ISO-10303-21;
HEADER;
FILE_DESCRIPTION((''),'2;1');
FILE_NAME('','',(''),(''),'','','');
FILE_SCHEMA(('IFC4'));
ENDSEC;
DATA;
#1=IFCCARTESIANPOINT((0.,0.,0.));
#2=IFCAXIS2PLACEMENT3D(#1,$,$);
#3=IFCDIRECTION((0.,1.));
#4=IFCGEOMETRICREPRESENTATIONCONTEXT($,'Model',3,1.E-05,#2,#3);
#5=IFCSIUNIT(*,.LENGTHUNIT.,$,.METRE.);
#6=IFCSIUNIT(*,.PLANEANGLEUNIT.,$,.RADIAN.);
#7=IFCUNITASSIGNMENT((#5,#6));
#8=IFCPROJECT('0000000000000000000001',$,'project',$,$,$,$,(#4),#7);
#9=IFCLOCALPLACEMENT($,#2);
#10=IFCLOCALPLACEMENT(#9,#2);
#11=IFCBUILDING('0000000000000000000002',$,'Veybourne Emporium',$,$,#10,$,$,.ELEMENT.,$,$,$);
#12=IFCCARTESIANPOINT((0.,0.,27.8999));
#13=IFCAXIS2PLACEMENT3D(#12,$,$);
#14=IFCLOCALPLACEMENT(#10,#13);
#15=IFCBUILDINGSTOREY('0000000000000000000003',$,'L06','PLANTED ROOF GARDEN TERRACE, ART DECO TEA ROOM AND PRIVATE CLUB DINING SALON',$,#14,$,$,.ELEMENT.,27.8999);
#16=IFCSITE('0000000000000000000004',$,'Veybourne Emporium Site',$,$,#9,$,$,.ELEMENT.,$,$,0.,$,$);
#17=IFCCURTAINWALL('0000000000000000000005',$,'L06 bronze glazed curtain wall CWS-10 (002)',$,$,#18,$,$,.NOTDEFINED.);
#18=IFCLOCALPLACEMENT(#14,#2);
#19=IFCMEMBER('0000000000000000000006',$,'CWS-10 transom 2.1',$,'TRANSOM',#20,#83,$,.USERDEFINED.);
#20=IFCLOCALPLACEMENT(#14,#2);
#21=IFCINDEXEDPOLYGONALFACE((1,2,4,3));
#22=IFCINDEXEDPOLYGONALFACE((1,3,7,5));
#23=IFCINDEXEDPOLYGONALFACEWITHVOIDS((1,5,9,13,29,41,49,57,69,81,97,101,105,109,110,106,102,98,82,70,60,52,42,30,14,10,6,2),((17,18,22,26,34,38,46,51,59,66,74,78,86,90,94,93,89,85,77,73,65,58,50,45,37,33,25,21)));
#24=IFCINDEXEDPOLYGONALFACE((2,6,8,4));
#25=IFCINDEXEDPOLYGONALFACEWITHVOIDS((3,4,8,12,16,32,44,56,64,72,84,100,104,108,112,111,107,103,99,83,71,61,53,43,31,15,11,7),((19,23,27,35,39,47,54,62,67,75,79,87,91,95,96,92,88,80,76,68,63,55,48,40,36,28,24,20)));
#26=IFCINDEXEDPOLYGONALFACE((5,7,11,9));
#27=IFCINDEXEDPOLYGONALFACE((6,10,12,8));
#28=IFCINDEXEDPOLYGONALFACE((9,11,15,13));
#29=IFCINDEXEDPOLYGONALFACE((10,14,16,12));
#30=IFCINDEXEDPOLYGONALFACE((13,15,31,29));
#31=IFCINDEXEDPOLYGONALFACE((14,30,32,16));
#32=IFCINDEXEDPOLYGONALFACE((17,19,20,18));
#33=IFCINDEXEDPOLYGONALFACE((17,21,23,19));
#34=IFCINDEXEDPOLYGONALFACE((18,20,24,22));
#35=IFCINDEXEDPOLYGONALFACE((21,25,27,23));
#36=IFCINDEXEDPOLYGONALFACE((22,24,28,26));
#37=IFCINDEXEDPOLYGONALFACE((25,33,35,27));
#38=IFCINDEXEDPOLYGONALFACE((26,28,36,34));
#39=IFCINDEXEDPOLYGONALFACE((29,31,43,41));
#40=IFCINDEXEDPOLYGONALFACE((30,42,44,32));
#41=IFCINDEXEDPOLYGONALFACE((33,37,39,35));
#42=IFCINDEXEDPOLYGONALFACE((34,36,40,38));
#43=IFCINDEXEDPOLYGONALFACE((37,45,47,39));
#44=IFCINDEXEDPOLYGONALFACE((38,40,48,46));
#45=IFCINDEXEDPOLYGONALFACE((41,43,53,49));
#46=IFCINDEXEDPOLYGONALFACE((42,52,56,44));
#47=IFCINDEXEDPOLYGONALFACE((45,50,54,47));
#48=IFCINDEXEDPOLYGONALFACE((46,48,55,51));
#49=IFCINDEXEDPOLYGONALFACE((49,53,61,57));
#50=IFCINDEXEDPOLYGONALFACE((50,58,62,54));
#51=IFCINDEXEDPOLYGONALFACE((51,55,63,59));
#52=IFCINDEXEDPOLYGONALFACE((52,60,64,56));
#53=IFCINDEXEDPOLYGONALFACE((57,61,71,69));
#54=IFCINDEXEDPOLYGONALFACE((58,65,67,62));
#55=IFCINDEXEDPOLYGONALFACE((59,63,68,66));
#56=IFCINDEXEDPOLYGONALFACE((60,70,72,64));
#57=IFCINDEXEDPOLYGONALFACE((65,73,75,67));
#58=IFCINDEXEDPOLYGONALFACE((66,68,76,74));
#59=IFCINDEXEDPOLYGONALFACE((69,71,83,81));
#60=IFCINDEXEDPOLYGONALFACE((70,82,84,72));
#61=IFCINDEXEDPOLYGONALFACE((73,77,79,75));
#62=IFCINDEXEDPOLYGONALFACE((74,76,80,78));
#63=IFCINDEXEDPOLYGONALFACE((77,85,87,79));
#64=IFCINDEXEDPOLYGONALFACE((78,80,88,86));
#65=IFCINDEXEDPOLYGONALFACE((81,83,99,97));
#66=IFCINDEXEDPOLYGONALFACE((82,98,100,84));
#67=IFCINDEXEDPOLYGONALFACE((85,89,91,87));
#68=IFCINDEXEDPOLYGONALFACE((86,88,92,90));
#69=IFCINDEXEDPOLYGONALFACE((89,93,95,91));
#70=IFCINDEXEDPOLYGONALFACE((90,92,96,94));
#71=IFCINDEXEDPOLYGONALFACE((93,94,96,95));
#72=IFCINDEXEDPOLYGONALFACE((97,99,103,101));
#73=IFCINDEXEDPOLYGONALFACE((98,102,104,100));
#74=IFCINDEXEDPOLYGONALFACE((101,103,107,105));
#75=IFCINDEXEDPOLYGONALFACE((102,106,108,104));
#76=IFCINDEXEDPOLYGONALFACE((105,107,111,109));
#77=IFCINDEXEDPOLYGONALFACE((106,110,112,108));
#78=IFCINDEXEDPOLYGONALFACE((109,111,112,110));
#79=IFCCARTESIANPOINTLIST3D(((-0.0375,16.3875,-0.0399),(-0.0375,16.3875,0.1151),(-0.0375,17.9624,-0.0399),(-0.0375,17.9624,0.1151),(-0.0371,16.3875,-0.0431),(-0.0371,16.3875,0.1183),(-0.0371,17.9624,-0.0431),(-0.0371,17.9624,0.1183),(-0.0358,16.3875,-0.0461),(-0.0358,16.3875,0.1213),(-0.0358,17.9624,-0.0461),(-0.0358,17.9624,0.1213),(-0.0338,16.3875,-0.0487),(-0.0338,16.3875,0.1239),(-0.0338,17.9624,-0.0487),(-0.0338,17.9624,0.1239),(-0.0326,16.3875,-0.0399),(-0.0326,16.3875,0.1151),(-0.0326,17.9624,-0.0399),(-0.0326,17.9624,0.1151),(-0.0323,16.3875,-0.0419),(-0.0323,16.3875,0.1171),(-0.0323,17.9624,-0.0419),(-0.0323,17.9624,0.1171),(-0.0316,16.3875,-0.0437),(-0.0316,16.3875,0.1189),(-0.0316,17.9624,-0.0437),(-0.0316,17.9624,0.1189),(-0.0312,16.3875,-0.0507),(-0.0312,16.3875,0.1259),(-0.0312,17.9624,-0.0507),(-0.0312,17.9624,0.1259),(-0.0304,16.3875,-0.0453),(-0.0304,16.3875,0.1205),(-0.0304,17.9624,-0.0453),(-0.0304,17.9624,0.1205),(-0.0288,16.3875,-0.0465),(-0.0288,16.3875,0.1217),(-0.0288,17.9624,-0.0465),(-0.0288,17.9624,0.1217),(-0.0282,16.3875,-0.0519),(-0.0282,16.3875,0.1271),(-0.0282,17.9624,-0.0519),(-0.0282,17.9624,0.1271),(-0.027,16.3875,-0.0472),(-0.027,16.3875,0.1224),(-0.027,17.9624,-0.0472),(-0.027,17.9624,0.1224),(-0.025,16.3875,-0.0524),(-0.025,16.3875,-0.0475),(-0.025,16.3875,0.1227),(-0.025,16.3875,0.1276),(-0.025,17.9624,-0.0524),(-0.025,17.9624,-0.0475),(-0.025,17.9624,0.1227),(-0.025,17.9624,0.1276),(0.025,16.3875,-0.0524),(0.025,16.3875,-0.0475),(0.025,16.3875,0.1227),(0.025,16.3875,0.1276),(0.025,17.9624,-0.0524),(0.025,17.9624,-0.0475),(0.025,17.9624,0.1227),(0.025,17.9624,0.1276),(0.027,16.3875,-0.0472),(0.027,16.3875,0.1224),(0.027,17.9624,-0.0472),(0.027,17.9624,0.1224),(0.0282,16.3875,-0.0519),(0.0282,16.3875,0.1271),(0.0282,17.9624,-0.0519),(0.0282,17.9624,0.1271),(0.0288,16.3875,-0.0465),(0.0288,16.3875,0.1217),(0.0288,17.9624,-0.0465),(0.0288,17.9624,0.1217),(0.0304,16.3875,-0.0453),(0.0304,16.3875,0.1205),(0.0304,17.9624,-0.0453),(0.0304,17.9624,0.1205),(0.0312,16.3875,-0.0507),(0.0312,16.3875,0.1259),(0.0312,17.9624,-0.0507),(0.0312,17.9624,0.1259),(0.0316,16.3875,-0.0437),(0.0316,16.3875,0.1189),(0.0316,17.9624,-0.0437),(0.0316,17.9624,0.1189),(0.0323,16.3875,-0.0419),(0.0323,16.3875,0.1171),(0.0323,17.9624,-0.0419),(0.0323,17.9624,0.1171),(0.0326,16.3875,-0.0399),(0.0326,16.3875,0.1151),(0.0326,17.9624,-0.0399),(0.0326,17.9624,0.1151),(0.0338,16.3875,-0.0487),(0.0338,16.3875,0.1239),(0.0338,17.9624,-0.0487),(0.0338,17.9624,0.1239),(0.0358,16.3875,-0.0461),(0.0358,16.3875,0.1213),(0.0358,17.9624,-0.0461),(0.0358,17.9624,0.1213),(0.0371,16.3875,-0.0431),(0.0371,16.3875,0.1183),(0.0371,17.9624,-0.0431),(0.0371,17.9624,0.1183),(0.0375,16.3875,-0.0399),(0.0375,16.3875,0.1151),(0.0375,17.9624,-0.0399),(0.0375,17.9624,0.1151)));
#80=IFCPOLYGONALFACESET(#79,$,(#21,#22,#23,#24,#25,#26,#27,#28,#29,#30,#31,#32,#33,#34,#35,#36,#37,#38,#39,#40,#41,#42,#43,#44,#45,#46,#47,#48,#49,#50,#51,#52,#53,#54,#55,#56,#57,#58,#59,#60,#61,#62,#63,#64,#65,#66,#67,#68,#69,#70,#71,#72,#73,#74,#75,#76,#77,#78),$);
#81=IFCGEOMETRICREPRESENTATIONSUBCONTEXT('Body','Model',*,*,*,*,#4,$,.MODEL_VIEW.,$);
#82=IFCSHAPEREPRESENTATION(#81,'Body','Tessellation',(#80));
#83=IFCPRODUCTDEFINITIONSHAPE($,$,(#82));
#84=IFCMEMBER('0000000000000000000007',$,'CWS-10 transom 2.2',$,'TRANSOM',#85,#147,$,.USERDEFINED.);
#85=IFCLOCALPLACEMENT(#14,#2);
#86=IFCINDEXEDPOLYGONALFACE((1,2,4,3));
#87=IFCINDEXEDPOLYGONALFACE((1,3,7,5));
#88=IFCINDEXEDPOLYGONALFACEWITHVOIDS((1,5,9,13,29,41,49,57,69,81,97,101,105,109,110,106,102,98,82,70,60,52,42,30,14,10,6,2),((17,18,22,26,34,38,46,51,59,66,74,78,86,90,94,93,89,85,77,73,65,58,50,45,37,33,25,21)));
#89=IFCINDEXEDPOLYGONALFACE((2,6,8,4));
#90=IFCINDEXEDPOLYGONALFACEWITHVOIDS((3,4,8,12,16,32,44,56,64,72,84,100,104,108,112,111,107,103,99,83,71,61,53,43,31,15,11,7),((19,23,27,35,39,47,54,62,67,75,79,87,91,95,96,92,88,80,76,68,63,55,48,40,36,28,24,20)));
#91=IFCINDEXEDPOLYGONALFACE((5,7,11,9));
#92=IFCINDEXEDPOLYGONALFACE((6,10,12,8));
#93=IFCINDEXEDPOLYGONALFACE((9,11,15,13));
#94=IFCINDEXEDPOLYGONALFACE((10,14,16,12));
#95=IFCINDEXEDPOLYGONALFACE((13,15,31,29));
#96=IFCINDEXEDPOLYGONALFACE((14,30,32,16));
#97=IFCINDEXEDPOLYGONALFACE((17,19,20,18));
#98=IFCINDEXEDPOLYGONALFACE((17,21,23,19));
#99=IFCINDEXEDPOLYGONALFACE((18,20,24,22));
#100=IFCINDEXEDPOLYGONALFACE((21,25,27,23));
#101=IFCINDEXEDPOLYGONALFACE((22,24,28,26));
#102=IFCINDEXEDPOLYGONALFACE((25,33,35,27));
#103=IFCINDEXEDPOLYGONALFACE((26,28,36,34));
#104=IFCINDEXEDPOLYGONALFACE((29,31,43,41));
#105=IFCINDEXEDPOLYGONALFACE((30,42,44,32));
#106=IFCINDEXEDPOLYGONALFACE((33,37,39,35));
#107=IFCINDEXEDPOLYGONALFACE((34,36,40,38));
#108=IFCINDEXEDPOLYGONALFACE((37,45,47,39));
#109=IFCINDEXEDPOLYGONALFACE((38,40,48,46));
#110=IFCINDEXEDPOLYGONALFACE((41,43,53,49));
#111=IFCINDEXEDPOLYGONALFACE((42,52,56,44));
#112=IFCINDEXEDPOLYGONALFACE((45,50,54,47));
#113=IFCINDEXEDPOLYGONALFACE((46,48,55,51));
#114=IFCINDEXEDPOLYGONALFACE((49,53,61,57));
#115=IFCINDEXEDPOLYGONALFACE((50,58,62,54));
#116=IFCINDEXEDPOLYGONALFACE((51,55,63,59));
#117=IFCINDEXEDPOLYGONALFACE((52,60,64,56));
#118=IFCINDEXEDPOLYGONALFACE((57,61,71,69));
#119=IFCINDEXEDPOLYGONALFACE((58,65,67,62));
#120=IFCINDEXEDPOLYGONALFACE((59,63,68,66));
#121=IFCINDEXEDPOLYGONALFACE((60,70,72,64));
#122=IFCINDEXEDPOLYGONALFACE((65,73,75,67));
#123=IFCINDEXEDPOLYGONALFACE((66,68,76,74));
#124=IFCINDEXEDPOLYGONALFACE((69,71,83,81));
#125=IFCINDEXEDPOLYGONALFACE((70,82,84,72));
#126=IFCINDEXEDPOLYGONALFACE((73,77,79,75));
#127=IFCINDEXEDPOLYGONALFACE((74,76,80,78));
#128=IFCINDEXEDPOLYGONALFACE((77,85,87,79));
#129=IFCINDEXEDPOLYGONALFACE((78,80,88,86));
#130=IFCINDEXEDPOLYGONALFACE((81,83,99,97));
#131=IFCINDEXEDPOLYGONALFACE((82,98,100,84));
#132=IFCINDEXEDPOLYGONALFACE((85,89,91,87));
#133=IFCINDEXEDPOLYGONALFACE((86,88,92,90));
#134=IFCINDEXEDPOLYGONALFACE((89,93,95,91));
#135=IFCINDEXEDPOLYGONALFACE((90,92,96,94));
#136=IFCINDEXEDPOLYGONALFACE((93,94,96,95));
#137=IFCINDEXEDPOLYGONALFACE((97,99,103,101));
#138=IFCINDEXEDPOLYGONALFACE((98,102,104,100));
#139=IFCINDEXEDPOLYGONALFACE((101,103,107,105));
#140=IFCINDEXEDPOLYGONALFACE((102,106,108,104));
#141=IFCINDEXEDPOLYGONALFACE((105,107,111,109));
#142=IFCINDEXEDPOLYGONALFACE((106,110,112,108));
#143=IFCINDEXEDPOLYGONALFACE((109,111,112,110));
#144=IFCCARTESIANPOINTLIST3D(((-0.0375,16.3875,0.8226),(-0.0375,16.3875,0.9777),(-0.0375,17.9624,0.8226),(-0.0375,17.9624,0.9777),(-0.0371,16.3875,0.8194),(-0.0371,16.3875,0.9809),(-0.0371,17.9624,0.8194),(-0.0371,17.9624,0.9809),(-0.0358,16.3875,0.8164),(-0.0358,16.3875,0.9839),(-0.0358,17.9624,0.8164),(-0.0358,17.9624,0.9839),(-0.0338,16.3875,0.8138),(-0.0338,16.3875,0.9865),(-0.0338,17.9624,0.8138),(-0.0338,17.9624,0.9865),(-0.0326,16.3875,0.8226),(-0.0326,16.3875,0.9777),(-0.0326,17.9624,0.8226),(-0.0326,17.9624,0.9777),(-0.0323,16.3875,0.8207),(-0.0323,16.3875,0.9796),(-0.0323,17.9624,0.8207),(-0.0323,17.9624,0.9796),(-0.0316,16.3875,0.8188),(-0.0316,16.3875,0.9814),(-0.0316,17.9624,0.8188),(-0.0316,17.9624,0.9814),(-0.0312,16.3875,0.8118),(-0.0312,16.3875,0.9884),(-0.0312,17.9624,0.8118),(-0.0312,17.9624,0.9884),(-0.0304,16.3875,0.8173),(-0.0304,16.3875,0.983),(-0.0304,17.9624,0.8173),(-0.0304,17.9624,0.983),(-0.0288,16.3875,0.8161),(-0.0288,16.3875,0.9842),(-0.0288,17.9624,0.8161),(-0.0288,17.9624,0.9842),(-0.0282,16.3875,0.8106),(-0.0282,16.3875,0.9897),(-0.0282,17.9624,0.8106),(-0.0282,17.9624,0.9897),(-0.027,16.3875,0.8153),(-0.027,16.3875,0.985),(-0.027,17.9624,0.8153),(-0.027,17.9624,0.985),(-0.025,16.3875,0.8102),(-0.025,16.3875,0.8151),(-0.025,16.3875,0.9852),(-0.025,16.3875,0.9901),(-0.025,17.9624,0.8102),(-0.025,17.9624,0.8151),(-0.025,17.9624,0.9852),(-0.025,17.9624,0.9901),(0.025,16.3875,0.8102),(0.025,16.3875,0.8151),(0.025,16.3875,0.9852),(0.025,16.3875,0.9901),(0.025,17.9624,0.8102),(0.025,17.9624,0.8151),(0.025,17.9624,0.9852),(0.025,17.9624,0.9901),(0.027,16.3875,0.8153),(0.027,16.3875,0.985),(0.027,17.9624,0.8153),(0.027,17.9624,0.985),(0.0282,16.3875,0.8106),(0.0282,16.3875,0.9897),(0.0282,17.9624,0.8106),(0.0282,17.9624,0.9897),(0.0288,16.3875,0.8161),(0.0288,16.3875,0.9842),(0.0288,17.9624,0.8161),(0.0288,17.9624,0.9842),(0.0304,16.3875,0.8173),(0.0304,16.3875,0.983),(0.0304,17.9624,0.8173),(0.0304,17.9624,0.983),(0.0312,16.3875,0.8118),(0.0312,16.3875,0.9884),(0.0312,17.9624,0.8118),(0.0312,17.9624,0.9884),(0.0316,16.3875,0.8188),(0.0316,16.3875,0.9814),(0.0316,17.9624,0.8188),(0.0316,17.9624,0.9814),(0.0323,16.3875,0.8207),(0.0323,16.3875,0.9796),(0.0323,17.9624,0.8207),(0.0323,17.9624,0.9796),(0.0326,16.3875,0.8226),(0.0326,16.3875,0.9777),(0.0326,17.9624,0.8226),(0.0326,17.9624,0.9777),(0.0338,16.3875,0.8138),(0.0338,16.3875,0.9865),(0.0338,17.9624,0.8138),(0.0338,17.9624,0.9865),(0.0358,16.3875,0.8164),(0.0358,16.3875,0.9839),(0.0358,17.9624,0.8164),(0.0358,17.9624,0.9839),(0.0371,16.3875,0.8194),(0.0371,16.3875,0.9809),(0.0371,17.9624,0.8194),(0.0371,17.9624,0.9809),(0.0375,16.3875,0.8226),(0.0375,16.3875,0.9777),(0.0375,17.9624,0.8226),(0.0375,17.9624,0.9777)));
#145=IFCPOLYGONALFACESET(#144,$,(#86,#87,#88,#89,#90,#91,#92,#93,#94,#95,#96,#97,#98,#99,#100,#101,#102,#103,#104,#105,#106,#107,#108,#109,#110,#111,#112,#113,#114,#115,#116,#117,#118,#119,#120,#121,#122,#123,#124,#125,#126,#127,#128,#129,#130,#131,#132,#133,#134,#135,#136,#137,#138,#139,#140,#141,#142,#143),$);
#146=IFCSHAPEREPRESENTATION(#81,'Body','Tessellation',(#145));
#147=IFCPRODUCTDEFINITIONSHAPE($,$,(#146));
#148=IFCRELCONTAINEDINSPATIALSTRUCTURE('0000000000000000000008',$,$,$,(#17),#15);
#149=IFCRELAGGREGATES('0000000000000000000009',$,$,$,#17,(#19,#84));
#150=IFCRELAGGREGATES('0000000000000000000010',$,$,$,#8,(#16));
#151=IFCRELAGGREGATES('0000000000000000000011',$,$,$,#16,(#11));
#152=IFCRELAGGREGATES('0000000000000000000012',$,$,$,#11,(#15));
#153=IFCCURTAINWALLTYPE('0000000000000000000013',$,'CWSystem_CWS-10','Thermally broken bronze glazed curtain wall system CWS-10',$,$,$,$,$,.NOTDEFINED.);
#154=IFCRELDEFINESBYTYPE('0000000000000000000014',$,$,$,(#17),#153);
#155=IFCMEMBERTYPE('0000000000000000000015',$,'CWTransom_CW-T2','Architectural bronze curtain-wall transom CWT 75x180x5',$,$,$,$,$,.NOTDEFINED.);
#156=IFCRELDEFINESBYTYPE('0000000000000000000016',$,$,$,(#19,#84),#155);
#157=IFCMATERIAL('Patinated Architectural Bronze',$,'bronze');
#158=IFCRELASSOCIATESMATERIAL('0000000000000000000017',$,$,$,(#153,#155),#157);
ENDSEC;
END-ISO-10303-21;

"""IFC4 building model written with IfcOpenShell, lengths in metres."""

from ifc_helpers import new_model, si_unit, direction, frame, origin, origin_2d, place, context, subcontext, project, spatial, hollow_rectangle, extrude, material, material_profile, profile_set, type_object, element, aggregate, save


model = new_model("IFC4")

# Units and contexts
model_context = context("Model", 3, precision=1e-05, world=origin(), true_north=direction((0.0, 1.0)))
body_context = subcontext(model_context, "Body", "Model", "MODEL_VIEW")
ifc_project = project(units=[si_unit("LENGTHUNIT", "METRE"), si_unit("PLANEANGLEUNIT", "RADIAN")], contexts=[model_context])

# Site, building, storey
site_placement = place(None, origin())
site = spatial("IfcSite", under=ifc_project, at=site_placement, Name="Veybourne Emporium Site", CompositionType="ELEMENT", RefElevation=0.0)
building_placement = place(site_placement, origin())
building = spatial("IfcBuilding", under=site, at=building_placement, Name="Veybourne Emporium", CompositionType="ELEMENT")
storey_placement = place(building_placement, frame((0.0, 0.0, 27.8999)))
storey = spatial("IfcBuildingStorey", under=building, at=storey_placement, Name="L06", Description="PLANTED ROOF GARDEN TERRACE, ART DECO TEA ROOM AND PRIVATE CLUB DINING SALON", CompositionType="ELEMENT", Elevation=27.8999)

# Curtain wall, members
ifc_material_1 = material(Name="Patinated Architectural Bronze", Category="bronze")
curtain_wall_type = type_object("IfcCurtainWallType", Name="CWSystem_CWS-10", Description="Thermally broken bronze glazed curtain wall system CWS-10", PredefinedType="NOTDEFINED", material=ifc_material_1)
curtain_wall_placement = place(storey_placement, origin())
curtain_wall = element("IfcCurtainWall", 1, at=curtain_wall_placement, inside=storey, type_object=curtain_wall_type, Name="L06 bronze glazed curtain wall CWS-10 (002)", PredefinedType="NOTDEFINED")
ifc_material_profile_1 = material_profile(ifc_material_1, hollow_rectangle(XDim=0.075, YDim=0.1799, WallThickness=0.0049, InnerFilletRadius=0.0076, OuterFilletRadius=0.0125, at=origin_2d()), Name="CWT 75x180x5")
ifc_profile_set_1 = profile_set([ifc_material_profile_1], Name="Patinated Architectural Bronze")
member_type_1 = type_object("IfcMemberType", Name="CWTransom_CW-T2", Description="Architectural bronze curtain-wall transom CWT 75x180x5", PredefinedType="NOTDEFINED", material=ifc_profile_set_1)
member_1_placement = place(storey_placement, frame((0.0, 16.3875, 0.0376), z_axis=(0.0, 1.0, 0.0), x_axis=(-1.0, 0.0, 0.0)))
member_1 = element("IfcMember", 2, at=member_1_placement, type_object=member_type_1, Name="CWS-10 transom 2.1", ObjectType="TRANSOM", PredefinedType="USERDEFINED", context=body_context, shape_type="SweptSolid", body=[
    extrude(hollow_rectangle(XDim=0.075, YDim=0.1799, WallThickness=0.0049, InnerFilletRadius=0.0076, OuterFilletRadius=0.0125, at=origin_2d()), origin(), (0.0, 0.0, 1.0), 1.575),
])
member_2_placement = place(storey_placement, frame((0.0, 16.3875, 0.9001), z_axis=(0.0, 1.0, 0.0), x_axis=(-1.0, 0.0, 0.0)))
member_2 = element("IfcMember", 3, at=member_2_placement, type_object=member_type_1, Name="CWS-10 transom 2.2", ObjectType="TRANSOM", PredefinedType="USERDEFINED", context=body_context, shape_type="SweptSolid", body=[
    extrude(hollow_rectangle(XDim=0.075, YDim=0.1799, WallThickness=0.0049, InnerFilletRadius=0.0076, OuterFilletRadius=0.0125, at=origin_2d()), origin(), (0.0, 0.0, 1.0), 1.575),
])

aggregate(curtain_wall, [member_1, member_2])

save(model, "model.ifc")
